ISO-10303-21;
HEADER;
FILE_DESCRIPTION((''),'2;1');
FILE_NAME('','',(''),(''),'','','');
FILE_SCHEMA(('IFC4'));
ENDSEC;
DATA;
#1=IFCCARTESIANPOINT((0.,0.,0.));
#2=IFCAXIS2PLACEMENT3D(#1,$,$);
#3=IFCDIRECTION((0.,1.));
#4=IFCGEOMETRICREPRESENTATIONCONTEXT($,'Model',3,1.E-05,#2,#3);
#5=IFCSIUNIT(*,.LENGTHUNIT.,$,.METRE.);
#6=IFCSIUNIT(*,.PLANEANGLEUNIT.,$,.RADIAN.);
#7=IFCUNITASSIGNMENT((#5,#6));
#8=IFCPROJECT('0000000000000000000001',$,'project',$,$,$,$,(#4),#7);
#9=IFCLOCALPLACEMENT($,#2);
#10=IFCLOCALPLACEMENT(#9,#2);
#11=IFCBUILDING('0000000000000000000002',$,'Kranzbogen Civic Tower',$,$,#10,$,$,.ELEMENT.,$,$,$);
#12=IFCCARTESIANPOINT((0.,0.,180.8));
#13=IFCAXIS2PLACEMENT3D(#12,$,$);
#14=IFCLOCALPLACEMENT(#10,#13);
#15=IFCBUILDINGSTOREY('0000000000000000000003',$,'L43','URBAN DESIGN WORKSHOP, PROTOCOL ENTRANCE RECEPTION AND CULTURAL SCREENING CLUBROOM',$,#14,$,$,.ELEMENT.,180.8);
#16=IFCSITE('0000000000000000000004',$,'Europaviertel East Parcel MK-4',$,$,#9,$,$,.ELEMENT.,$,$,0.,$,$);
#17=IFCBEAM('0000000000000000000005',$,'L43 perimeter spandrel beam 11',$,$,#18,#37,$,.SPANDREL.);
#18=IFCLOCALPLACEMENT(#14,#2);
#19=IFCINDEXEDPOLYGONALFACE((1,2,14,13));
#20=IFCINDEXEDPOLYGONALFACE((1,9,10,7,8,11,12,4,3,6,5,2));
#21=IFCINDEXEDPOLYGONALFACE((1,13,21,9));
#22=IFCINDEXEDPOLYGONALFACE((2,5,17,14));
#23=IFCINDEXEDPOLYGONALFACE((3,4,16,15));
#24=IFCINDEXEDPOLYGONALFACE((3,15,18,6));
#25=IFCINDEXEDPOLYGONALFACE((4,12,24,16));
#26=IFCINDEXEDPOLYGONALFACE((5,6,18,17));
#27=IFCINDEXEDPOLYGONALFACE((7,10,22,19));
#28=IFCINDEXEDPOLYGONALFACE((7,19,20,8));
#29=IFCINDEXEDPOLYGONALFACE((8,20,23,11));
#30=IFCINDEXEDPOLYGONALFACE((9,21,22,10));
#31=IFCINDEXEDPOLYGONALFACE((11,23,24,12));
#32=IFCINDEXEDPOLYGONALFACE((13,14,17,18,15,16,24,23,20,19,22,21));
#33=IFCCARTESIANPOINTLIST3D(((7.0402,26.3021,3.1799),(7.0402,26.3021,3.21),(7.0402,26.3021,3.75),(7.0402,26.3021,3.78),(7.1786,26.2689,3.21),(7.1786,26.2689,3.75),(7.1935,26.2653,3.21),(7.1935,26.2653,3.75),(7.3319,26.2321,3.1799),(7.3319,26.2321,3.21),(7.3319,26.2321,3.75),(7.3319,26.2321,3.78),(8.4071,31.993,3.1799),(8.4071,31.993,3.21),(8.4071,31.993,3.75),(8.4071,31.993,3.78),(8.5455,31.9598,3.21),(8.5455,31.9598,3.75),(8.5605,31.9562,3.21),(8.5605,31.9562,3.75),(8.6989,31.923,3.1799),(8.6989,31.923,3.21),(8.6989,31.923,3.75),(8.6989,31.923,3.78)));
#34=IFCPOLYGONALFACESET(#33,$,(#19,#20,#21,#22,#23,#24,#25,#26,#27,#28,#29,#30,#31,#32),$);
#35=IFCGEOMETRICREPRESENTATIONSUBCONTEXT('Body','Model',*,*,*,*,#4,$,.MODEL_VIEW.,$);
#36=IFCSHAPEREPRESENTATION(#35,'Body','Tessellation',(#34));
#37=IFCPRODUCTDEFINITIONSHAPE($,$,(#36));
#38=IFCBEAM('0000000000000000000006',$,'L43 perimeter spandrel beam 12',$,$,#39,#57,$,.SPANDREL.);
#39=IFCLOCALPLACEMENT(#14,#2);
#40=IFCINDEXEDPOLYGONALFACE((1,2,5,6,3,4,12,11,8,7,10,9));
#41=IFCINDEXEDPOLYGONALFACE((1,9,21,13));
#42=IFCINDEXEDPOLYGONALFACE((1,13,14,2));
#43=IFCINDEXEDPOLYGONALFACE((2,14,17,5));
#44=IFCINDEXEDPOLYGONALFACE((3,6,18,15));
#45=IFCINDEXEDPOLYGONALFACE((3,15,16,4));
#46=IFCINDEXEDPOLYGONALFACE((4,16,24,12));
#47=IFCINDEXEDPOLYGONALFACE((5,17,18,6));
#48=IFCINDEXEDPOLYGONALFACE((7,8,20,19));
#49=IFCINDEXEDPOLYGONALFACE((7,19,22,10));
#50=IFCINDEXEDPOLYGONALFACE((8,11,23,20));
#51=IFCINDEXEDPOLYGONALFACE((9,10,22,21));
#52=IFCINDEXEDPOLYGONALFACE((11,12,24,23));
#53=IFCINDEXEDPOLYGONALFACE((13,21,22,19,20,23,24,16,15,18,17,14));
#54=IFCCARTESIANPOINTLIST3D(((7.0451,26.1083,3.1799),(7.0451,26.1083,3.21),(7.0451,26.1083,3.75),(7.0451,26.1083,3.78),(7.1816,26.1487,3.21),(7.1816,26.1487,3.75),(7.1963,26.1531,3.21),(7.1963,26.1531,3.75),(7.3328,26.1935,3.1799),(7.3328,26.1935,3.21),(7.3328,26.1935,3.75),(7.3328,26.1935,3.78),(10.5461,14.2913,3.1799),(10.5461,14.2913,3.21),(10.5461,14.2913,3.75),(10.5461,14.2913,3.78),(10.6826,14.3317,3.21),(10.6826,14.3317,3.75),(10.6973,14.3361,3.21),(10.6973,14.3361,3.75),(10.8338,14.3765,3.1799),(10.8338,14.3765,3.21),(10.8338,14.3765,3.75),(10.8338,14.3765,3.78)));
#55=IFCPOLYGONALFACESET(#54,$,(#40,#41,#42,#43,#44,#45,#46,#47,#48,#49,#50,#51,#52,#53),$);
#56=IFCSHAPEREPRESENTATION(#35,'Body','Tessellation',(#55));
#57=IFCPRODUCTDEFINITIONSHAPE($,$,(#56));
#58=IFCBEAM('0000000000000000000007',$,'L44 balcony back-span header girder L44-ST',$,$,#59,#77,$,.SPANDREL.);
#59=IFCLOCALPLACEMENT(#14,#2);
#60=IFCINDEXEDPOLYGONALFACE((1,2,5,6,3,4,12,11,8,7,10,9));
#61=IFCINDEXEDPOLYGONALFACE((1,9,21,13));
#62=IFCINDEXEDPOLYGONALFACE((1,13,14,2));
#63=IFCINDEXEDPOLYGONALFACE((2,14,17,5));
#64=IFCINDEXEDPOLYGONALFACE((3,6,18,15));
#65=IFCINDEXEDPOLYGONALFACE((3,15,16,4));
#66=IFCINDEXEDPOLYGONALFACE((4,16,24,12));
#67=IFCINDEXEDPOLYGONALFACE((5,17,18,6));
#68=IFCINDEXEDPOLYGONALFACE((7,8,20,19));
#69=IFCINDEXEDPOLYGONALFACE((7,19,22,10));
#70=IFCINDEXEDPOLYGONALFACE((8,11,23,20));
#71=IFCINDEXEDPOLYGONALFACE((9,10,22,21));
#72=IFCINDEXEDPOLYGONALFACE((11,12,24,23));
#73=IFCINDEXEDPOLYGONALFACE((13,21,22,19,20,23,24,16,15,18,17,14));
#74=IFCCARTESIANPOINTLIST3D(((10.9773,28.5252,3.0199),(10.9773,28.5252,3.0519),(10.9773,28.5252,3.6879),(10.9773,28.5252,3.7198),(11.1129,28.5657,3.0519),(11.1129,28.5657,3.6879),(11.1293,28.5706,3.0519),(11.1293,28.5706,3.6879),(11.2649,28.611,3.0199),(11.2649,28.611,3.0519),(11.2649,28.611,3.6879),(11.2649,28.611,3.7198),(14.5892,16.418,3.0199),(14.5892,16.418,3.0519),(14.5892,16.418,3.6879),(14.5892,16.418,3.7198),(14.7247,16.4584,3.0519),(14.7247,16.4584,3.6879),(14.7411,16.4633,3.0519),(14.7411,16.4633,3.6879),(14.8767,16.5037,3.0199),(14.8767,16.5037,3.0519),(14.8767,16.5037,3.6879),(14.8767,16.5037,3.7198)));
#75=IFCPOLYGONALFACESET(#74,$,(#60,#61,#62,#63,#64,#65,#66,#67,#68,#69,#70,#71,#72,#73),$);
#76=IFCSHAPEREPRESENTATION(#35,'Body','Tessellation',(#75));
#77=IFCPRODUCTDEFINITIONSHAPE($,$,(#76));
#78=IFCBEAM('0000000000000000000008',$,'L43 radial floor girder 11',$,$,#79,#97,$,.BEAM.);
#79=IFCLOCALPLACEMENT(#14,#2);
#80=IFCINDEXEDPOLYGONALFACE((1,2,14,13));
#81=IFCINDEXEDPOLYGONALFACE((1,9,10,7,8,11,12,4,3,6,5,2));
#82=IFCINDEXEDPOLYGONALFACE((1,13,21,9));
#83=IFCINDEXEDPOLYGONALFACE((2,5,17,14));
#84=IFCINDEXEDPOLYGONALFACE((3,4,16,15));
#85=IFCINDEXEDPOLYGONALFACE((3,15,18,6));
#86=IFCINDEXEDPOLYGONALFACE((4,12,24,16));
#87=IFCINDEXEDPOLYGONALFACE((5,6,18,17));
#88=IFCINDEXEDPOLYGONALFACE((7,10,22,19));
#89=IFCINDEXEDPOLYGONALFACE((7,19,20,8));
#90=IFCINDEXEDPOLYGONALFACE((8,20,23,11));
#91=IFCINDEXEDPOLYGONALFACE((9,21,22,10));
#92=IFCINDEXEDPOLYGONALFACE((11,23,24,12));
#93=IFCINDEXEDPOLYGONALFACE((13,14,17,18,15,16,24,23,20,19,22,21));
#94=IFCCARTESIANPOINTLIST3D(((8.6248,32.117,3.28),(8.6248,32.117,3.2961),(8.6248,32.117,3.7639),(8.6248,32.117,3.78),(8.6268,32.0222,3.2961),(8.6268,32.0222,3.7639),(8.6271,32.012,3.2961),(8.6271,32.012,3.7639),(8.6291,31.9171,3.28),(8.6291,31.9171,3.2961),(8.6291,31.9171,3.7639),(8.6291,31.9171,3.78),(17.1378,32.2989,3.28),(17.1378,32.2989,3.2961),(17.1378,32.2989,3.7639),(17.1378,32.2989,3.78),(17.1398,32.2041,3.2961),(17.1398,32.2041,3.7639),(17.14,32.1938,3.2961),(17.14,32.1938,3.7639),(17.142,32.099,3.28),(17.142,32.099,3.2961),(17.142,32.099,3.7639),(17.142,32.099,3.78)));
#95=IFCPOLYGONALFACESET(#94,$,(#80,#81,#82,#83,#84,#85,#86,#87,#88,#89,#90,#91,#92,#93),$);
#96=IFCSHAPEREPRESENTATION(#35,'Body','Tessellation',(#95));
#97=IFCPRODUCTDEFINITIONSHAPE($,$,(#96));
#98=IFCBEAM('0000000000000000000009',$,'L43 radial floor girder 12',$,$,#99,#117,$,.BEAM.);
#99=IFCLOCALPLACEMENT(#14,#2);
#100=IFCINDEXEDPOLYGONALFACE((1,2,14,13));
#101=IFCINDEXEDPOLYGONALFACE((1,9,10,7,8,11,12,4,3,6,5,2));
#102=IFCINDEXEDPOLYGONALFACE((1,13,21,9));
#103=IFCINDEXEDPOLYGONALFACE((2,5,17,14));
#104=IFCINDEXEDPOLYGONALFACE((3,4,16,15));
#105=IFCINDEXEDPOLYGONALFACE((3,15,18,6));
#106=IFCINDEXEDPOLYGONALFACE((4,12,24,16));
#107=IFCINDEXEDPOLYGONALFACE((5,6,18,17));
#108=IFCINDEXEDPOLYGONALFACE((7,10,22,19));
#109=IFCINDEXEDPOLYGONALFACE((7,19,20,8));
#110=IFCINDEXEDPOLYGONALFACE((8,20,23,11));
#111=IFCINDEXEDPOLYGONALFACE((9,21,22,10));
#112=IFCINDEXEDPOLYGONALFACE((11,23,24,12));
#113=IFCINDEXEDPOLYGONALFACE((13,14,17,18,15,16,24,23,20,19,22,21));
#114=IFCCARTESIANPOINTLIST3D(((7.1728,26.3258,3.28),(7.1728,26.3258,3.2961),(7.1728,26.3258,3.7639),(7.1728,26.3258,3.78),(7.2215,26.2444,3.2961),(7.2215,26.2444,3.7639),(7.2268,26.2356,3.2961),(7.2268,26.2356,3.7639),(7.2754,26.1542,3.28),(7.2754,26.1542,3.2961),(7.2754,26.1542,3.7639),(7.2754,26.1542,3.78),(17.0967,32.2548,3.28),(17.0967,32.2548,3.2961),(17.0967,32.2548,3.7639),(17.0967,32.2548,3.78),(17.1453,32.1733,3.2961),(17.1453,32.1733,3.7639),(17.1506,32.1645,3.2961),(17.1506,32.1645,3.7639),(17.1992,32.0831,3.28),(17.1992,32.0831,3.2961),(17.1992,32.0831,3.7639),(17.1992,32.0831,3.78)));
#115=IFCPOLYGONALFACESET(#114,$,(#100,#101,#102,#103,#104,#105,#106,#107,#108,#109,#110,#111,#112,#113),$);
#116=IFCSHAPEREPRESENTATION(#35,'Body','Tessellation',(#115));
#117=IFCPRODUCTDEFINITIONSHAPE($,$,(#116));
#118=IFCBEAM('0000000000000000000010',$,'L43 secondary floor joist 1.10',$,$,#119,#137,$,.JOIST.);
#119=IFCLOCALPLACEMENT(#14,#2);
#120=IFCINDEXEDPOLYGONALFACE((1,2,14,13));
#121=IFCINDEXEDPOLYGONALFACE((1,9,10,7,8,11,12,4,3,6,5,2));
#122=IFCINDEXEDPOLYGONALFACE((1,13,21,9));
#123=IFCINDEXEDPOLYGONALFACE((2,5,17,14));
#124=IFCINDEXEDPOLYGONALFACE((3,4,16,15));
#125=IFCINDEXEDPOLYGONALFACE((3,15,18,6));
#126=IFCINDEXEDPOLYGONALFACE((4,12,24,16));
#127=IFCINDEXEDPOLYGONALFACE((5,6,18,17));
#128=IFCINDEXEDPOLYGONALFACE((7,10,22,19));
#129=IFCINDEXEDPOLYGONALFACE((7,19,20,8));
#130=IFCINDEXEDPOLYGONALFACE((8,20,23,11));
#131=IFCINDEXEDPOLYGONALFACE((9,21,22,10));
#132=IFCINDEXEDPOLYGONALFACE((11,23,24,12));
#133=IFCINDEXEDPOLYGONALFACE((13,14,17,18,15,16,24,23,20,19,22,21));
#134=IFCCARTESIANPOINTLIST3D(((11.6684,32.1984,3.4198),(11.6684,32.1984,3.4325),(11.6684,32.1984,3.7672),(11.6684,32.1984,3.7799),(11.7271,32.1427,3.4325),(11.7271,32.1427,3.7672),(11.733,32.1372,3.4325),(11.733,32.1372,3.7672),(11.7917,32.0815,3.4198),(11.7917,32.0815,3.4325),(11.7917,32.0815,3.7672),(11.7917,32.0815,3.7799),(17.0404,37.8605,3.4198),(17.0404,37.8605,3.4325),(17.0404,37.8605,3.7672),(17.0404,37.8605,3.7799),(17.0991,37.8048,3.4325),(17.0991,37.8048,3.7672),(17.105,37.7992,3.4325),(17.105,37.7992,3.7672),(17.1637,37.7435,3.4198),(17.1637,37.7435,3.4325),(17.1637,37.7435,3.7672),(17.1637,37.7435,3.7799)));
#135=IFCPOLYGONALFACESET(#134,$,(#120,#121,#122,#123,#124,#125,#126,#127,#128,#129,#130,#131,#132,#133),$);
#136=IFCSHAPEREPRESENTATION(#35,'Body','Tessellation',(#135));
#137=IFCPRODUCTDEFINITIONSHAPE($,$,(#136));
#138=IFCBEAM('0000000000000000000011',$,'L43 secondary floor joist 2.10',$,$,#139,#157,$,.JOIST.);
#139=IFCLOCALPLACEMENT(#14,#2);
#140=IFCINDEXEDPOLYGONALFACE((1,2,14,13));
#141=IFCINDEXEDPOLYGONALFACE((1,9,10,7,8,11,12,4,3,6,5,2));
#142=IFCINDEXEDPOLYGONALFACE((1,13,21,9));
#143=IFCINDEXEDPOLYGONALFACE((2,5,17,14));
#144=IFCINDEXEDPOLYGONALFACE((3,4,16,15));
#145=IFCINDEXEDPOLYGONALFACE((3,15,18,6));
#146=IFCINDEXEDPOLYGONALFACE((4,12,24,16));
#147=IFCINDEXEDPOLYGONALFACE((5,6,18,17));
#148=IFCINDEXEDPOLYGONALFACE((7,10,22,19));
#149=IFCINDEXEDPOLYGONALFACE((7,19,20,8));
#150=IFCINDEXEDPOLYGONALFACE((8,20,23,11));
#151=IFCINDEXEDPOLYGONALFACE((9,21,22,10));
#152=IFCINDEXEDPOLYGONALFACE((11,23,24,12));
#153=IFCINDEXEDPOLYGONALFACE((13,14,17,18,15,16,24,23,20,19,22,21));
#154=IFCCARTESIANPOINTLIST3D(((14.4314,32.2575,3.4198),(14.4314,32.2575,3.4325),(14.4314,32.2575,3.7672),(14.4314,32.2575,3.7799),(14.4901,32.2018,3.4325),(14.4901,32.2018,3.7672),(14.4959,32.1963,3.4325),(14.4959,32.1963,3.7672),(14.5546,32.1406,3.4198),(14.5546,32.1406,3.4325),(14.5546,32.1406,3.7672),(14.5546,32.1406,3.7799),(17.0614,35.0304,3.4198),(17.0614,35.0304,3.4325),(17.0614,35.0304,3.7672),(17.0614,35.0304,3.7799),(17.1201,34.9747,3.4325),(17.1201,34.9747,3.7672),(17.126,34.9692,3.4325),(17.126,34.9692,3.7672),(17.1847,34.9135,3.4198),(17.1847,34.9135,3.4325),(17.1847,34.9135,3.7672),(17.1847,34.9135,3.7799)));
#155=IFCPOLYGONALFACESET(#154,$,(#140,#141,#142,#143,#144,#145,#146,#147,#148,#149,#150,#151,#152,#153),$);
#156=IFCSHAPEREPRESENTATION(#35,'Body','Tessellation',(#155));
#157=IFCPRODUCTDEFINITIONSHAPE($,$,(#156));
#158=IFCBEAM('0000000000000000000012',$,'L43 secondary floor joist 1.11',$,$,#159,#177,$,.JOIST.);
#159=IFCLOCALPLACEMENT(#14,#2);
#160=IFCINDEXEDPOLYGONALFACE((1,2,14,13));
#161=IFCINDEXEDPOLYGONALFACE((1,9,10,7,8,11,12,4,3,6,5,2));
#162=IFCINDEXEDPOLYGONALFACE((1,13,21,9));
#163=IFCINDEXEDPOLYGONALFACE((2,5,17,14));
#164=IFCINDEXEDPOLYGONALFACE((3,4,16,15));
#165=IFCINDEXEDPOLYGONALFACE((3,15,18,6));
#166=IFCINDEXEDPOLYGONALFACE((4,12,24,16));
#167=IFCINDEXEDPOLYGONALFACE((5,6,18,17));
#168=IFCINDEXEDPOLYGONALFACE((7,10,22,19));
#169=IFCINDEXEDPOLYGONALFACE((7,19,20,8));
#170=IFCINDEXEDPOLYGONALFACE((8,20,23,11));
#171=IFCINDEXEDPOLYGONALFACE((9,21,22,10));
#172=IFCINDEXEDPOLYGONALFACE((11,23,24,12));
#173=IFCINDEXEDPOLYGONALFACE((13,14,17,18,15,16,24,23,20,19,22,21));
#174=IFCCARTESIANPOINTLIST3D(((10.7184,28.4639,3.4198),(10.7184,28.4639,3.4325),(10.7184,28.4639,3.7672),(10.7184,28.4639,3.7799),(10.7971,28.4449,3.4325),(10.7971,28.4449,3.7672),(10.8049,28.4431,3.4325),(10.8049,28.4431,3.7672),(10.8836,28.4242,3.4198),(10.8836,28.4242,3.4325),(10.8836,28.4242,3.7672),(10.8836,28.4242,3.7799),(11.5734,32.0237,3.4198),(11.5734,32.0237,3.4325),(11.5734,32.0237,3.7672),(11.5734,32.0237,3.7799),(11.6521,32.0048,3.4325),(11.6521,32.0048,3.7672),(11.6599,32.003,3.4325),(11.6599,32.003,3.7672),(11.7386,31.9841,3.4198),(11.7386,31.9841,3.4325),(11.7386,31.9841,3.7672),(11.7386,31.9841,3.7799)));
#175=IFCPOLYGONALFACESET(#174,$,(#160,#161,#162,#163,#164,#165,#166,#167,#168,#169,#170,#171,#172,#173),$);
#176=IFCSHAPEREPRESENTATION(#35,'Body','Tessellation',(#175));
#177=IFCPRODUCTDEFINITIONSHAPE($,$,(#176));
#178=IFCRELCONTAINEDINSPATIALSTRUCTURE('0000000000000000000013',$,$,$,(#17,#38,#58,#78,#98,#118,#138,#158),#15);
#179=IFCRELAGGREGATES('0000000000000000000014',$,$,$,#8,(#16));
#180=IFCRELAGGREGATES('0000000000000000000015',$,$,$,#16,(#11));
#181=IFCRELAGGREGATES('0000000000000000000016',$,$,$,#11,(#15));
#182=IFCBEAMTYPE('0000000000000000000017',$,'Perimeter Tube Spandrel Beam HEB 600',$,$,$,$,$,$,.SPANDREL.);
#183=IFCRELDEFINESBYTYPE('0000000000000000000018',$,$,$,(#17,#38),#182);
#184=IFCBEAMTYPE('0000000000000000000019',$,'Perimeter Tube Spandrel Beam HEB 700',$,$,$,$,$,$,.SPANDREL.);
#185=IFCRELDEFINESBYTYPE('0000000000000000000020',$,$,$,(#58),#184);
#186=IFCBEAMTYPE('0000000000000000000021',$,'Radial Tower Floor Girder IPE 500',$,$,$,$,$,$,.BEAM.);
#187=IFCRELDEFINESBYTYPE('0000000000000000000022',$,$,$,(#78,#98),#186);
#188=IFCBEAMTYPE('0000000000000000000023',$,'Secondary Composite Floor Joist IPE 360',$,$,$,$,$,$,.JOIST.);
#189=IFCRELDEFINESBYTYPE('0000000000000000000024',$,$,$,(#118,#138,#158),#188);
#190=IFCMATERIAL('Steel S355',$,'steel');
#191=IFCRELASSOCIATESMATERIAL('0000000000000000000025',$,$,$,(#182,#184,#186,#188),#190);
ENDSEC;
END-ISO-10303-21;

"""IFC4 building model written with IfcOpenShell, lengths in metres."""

from ifc_helpers import new_model, si_unit, direction, frame, origin, origin_2d, place, context, subcontext, project, spatial, i_section, extrude, material, material_profile, profile_set, type_object, element, save


model = new_model("IFC4")

# Units and contexts
model_context = context("Model", 3, precision=1e-05, world=origin(), true_north=direction((0.0, 1.0)))
body_context = subcontext(model_context, "Body", "Model", "MODEL_VIEW")
ifc_project = project(units=[si_unit("LENGTHUNIT", "METRE"), si_unit("PLANEANGLEUNIT", "RADIAN")], contexts=[model_context])

# Site, building, storey
site_placement = place(None, origin())
site = spatial("IfcSite", under=ifc_project, at=site_placement, Name="Europaviertel East Parcel MK-4", CompositionType="ELEMENT", RefElevation=0.0)
building_placement = place(site_placement, origin())
building = spatial("IfcBuilding", under=site, at=building_placement, Name="Kranzbogen Civic Tower", CompositionType="ELEMENT")
storey_placement = place(building_placement, frame((0.0, 0.0, 180.8)))
storey = spatial("IfcBuildingStorey", under=building, at=storey_placement, Name="L43", Description="URBAN DESIGN WORKSHOP, PROTOCOL ENTRANCE RECEPTION AND CULTURAL SCREENING CLUBROOM", CompositionType="ELEMENT", Elevation=180.8)

# Shared definitions
ifc_material_1 = material(Name="Steel S355", Category="steel")

# Beams
ifc_material_profile_1 = material_profile(ifc_material_1, i_section(OverallWidth=0.3, OverallDepth=0.6001, WebThickness=0.0154, FlangeThickness=0.03, at=origin_2d()), Name="HEB 600")
ifc_profile_set_1 = profile_set([ifc_material_profile_1], Name="Steel S355")
beam_type_1 = type_object("IfcBeamType", Name="Perimeter Tube Spandrel Beam HEB 600", PredefinedType="SPANDREL", material=ifc_profile_set_1)
beam_1_placement = place(storey_placement, frame((8.553, 31.958, 3.48), z_axis=(-0.233554, -0.972344, 0.0), x_axis=(0.972344, -0.233554, 0.0)))
element("IfcBeam", 1, at=beam_1_placement, inside=storey, type_object=beam_type_1, Name="L43 perimeter spandrel beam 11", PredefinedType="SPANDREL", context=body_context, shape_type="SweptSolid", body=[
    extrude(i_section(OverallWidth=0.3, OverallDepth=0.6001, WebThickness=0.0154, FlangeThickness=0.03, at=origin_2d()), origin(), (0.0, 0.0, 1.0), 5.8528),
])
beam_2_placement = place(storey_placement, frame((7.189, 26.1509, 3.48), z_axis=(0.284064, -0.958805, 0.0), x_axis=(0.958805, 0.284064, 0.0)))
element("IfcBeam", 2, at=beam_2_placement, inside=storey, type_object=beam_type_1, Name="L43 perimeter spandrel beam 12", PredefinedType="SPANDREL", context=body_context, shape_type="SweptSolid", body=[
    extrude(i_section(OverallWidth=0.3, OverallDepth=0.6001, WebThickness=0.0154, FlangeThickness=0.03, at=origin_2d()), origin(), (0.0, 0.0, 1.0), 12.3247),
])
ifc_material_profile_2 = material_profile(ifc_material_1, i_section(OverallWidth=0.3, OverallDepth=0.7, WebThickness=0.0171, FlangeThickness=0.032, at=origin_2d()), Name="HEB 700")
ifc_profile_set_2 = profile_set([ifc_material_profile_2], Name="Steel S355")
beam_type_2 = type_object("IfcBeamType", Name="Perimeter Tube Spandrel Beam HEB 700", PredefinedType="SPANDREL", material=ifc_profile_set_2)
beam_3_placement = place(storey_placement, frame((11.1211, 28.5681, 3.3699), z_axis=(0.285871, -0.958268, 0.0), x_axis=(0.958268, 0.285871, 0.0)))
element("IfcBeam", 3, at=beam_3_placement, inside=storey, type_object=beam_type_2, Name="L44 balcony back-span header girder L44-ST", PredefinedType="SPANDREL", context=body_context, shape_type="SweptSolid", body=[
    extrude(i_section(OverallWidth=0.3, OverallDepth=0.7, WebThickness=0.0171, FlangeThickness=0.032, at=origin_2d()), origin(), (0.0, 0.0, 1.0), 12.6345),
])
ifc_material_profile_3 = material_profile(ifc_material_1, i_section(OverallWidth=0.2, OverallDepth=0.5, WebThickness=0.0103, FlangeThickness=0.0161, at=origin_2d()), Name="IPE 500")
ifc_profile_set_3 = profile_set([ifc_material_profile_3], Name="Steel S355")
beam_type_3 = type_object("IfcBeamType", Name="Radial Tower Floor Girder IPE 500", PredefinedType="BEAM", material=ifc_profile_set_3)
beam_4_placement = place(storey_placement, frame((8.627, 32.0171, 3.53), z_axis=(0.999772, 0.021361, 0.0), x_axis=(-0.021361, 0.999772, 0.0)))
element("IfcBeam", 4, at=beam_4_placement, inside=storey, type_object=beam_type_3, Name="L43 radial floor girder 11", PredefinedType="BEAM", context=body_context, shape_type="SweptSolid", body=[
    extrude(i_section(OverallWidth=0.2, OverallDepth=0.5, WebThickness=0.0103, FlangeThickness=0.0161, at=origin_2d()), origin(), (0.0, 0.0, 1.0), 8.5149),
])
beam_5_placement = place(storey_placement, frame((7.2241, 26.24, 3.53), z_axis=(0.858459, 0.512883, 0.0), x_axis=(-0.512883, 0.858459, 0.0)))
element("IfcBeam", 5, at=beam_5_placement, inside=storey, type_object=beam_type_3, Name="L43 radial floor girder 12", PredefinedType="BEAM", context=body_context, shape_type="SweptSolid", body=[
    extrude(i_section(OverallWidth=0.2, OverallDepth=0.5, WebThickness=0.0103, FlangeThickness=0.0161, at=origin_2d()), origin(), (0.0, 0.0, 1.0), 11.5601),
])
ifc_material_profile_4 = material_profile(ifc_material_1, i_section(OverallWidth=0.1699, OverallDepth=0.3601, WebThickness=0.0081, FlangeThickness=0.0127, at=origin_2d()), Name="IPE 360")
ifc_profile_set_4 = profile_set([ifc_material_profile_4], Name="Steel S355")
beam_type_4 = type_object("IfcBeamType", Name="Secondary Composite Floor Joist IPE 360", PredefinedType="JOIST", material=ifc_profile_set_4)
beam_6_placement = place(storey_placement, frame((17.1021, 37.802, 3.5999), z_axis=(-0.688282, -0.725443, 0.0), x_axis=(0.725443, -0.688282, 0.0)))
element("IfcBeam", 6, at=beam_6_placement, inside=storey, type_object=beam_type_4, Name="L43 secondary floor joist 1.10", PredefinedType="JOIST", context=body_context, shape_type="SweptSolid", body=[
    extrude(i_section(OverallWidth=0.1699, OverallDepth=0.3601, WebThickness=0.0081, FlangeThickness=0.0127, at=origin_2d()), origin(), (0.0, 0.0, 1.0), 7.8049),
])
beam_7_placement = place(storey_placement, frame((17.123, 34.9719, 3.5999), z_axis=(-0.688175, -0.725545, 0.0), x_axis=(0.725545, -0.688175, 0.0)))
element("IfcBeam", 7, at=beam_7_placement, inside=storey, type_object=beam_type_4, Name="L43 secondary floor joist 2.10", PredefinedType="JOIST", context=body_context, shape_type="SweptSolid", body=[
    extrude(i_section(OverallWidth=0.1699, OverallDepth=0.3601, WebThickness=0.0081, FlangeThickness=0.0127, at=origin_2d()), origin(), (0.0, 0.0, 1.0), 3.8218),
])
beam_8_placement = place(storey_placement, frame((11.656, 32.0039, 3.5999), z_axis=(-0.233534, -0.972349, 0.0), x_axis=(0.972349, -0.233534, 0.0)))
element("IfcBeam", 8, at=beam_8_placement, inside=storey, type_object=beam_type_4, Name="L43 secondary floor joist 1.11", PredefinedType="JOIST", context=body_context, shape_type="SweptSolid", body=[
    extrude(i_section(OverallWidth=0.1699, OverallDepth=0.3601, WebThickness=0.0081, FlangeThickness=0.0127, at=origin_2d()), origin(), (0.0, 0.0, 1.0), 3.6611),
])

save(model, "model.ifc")
